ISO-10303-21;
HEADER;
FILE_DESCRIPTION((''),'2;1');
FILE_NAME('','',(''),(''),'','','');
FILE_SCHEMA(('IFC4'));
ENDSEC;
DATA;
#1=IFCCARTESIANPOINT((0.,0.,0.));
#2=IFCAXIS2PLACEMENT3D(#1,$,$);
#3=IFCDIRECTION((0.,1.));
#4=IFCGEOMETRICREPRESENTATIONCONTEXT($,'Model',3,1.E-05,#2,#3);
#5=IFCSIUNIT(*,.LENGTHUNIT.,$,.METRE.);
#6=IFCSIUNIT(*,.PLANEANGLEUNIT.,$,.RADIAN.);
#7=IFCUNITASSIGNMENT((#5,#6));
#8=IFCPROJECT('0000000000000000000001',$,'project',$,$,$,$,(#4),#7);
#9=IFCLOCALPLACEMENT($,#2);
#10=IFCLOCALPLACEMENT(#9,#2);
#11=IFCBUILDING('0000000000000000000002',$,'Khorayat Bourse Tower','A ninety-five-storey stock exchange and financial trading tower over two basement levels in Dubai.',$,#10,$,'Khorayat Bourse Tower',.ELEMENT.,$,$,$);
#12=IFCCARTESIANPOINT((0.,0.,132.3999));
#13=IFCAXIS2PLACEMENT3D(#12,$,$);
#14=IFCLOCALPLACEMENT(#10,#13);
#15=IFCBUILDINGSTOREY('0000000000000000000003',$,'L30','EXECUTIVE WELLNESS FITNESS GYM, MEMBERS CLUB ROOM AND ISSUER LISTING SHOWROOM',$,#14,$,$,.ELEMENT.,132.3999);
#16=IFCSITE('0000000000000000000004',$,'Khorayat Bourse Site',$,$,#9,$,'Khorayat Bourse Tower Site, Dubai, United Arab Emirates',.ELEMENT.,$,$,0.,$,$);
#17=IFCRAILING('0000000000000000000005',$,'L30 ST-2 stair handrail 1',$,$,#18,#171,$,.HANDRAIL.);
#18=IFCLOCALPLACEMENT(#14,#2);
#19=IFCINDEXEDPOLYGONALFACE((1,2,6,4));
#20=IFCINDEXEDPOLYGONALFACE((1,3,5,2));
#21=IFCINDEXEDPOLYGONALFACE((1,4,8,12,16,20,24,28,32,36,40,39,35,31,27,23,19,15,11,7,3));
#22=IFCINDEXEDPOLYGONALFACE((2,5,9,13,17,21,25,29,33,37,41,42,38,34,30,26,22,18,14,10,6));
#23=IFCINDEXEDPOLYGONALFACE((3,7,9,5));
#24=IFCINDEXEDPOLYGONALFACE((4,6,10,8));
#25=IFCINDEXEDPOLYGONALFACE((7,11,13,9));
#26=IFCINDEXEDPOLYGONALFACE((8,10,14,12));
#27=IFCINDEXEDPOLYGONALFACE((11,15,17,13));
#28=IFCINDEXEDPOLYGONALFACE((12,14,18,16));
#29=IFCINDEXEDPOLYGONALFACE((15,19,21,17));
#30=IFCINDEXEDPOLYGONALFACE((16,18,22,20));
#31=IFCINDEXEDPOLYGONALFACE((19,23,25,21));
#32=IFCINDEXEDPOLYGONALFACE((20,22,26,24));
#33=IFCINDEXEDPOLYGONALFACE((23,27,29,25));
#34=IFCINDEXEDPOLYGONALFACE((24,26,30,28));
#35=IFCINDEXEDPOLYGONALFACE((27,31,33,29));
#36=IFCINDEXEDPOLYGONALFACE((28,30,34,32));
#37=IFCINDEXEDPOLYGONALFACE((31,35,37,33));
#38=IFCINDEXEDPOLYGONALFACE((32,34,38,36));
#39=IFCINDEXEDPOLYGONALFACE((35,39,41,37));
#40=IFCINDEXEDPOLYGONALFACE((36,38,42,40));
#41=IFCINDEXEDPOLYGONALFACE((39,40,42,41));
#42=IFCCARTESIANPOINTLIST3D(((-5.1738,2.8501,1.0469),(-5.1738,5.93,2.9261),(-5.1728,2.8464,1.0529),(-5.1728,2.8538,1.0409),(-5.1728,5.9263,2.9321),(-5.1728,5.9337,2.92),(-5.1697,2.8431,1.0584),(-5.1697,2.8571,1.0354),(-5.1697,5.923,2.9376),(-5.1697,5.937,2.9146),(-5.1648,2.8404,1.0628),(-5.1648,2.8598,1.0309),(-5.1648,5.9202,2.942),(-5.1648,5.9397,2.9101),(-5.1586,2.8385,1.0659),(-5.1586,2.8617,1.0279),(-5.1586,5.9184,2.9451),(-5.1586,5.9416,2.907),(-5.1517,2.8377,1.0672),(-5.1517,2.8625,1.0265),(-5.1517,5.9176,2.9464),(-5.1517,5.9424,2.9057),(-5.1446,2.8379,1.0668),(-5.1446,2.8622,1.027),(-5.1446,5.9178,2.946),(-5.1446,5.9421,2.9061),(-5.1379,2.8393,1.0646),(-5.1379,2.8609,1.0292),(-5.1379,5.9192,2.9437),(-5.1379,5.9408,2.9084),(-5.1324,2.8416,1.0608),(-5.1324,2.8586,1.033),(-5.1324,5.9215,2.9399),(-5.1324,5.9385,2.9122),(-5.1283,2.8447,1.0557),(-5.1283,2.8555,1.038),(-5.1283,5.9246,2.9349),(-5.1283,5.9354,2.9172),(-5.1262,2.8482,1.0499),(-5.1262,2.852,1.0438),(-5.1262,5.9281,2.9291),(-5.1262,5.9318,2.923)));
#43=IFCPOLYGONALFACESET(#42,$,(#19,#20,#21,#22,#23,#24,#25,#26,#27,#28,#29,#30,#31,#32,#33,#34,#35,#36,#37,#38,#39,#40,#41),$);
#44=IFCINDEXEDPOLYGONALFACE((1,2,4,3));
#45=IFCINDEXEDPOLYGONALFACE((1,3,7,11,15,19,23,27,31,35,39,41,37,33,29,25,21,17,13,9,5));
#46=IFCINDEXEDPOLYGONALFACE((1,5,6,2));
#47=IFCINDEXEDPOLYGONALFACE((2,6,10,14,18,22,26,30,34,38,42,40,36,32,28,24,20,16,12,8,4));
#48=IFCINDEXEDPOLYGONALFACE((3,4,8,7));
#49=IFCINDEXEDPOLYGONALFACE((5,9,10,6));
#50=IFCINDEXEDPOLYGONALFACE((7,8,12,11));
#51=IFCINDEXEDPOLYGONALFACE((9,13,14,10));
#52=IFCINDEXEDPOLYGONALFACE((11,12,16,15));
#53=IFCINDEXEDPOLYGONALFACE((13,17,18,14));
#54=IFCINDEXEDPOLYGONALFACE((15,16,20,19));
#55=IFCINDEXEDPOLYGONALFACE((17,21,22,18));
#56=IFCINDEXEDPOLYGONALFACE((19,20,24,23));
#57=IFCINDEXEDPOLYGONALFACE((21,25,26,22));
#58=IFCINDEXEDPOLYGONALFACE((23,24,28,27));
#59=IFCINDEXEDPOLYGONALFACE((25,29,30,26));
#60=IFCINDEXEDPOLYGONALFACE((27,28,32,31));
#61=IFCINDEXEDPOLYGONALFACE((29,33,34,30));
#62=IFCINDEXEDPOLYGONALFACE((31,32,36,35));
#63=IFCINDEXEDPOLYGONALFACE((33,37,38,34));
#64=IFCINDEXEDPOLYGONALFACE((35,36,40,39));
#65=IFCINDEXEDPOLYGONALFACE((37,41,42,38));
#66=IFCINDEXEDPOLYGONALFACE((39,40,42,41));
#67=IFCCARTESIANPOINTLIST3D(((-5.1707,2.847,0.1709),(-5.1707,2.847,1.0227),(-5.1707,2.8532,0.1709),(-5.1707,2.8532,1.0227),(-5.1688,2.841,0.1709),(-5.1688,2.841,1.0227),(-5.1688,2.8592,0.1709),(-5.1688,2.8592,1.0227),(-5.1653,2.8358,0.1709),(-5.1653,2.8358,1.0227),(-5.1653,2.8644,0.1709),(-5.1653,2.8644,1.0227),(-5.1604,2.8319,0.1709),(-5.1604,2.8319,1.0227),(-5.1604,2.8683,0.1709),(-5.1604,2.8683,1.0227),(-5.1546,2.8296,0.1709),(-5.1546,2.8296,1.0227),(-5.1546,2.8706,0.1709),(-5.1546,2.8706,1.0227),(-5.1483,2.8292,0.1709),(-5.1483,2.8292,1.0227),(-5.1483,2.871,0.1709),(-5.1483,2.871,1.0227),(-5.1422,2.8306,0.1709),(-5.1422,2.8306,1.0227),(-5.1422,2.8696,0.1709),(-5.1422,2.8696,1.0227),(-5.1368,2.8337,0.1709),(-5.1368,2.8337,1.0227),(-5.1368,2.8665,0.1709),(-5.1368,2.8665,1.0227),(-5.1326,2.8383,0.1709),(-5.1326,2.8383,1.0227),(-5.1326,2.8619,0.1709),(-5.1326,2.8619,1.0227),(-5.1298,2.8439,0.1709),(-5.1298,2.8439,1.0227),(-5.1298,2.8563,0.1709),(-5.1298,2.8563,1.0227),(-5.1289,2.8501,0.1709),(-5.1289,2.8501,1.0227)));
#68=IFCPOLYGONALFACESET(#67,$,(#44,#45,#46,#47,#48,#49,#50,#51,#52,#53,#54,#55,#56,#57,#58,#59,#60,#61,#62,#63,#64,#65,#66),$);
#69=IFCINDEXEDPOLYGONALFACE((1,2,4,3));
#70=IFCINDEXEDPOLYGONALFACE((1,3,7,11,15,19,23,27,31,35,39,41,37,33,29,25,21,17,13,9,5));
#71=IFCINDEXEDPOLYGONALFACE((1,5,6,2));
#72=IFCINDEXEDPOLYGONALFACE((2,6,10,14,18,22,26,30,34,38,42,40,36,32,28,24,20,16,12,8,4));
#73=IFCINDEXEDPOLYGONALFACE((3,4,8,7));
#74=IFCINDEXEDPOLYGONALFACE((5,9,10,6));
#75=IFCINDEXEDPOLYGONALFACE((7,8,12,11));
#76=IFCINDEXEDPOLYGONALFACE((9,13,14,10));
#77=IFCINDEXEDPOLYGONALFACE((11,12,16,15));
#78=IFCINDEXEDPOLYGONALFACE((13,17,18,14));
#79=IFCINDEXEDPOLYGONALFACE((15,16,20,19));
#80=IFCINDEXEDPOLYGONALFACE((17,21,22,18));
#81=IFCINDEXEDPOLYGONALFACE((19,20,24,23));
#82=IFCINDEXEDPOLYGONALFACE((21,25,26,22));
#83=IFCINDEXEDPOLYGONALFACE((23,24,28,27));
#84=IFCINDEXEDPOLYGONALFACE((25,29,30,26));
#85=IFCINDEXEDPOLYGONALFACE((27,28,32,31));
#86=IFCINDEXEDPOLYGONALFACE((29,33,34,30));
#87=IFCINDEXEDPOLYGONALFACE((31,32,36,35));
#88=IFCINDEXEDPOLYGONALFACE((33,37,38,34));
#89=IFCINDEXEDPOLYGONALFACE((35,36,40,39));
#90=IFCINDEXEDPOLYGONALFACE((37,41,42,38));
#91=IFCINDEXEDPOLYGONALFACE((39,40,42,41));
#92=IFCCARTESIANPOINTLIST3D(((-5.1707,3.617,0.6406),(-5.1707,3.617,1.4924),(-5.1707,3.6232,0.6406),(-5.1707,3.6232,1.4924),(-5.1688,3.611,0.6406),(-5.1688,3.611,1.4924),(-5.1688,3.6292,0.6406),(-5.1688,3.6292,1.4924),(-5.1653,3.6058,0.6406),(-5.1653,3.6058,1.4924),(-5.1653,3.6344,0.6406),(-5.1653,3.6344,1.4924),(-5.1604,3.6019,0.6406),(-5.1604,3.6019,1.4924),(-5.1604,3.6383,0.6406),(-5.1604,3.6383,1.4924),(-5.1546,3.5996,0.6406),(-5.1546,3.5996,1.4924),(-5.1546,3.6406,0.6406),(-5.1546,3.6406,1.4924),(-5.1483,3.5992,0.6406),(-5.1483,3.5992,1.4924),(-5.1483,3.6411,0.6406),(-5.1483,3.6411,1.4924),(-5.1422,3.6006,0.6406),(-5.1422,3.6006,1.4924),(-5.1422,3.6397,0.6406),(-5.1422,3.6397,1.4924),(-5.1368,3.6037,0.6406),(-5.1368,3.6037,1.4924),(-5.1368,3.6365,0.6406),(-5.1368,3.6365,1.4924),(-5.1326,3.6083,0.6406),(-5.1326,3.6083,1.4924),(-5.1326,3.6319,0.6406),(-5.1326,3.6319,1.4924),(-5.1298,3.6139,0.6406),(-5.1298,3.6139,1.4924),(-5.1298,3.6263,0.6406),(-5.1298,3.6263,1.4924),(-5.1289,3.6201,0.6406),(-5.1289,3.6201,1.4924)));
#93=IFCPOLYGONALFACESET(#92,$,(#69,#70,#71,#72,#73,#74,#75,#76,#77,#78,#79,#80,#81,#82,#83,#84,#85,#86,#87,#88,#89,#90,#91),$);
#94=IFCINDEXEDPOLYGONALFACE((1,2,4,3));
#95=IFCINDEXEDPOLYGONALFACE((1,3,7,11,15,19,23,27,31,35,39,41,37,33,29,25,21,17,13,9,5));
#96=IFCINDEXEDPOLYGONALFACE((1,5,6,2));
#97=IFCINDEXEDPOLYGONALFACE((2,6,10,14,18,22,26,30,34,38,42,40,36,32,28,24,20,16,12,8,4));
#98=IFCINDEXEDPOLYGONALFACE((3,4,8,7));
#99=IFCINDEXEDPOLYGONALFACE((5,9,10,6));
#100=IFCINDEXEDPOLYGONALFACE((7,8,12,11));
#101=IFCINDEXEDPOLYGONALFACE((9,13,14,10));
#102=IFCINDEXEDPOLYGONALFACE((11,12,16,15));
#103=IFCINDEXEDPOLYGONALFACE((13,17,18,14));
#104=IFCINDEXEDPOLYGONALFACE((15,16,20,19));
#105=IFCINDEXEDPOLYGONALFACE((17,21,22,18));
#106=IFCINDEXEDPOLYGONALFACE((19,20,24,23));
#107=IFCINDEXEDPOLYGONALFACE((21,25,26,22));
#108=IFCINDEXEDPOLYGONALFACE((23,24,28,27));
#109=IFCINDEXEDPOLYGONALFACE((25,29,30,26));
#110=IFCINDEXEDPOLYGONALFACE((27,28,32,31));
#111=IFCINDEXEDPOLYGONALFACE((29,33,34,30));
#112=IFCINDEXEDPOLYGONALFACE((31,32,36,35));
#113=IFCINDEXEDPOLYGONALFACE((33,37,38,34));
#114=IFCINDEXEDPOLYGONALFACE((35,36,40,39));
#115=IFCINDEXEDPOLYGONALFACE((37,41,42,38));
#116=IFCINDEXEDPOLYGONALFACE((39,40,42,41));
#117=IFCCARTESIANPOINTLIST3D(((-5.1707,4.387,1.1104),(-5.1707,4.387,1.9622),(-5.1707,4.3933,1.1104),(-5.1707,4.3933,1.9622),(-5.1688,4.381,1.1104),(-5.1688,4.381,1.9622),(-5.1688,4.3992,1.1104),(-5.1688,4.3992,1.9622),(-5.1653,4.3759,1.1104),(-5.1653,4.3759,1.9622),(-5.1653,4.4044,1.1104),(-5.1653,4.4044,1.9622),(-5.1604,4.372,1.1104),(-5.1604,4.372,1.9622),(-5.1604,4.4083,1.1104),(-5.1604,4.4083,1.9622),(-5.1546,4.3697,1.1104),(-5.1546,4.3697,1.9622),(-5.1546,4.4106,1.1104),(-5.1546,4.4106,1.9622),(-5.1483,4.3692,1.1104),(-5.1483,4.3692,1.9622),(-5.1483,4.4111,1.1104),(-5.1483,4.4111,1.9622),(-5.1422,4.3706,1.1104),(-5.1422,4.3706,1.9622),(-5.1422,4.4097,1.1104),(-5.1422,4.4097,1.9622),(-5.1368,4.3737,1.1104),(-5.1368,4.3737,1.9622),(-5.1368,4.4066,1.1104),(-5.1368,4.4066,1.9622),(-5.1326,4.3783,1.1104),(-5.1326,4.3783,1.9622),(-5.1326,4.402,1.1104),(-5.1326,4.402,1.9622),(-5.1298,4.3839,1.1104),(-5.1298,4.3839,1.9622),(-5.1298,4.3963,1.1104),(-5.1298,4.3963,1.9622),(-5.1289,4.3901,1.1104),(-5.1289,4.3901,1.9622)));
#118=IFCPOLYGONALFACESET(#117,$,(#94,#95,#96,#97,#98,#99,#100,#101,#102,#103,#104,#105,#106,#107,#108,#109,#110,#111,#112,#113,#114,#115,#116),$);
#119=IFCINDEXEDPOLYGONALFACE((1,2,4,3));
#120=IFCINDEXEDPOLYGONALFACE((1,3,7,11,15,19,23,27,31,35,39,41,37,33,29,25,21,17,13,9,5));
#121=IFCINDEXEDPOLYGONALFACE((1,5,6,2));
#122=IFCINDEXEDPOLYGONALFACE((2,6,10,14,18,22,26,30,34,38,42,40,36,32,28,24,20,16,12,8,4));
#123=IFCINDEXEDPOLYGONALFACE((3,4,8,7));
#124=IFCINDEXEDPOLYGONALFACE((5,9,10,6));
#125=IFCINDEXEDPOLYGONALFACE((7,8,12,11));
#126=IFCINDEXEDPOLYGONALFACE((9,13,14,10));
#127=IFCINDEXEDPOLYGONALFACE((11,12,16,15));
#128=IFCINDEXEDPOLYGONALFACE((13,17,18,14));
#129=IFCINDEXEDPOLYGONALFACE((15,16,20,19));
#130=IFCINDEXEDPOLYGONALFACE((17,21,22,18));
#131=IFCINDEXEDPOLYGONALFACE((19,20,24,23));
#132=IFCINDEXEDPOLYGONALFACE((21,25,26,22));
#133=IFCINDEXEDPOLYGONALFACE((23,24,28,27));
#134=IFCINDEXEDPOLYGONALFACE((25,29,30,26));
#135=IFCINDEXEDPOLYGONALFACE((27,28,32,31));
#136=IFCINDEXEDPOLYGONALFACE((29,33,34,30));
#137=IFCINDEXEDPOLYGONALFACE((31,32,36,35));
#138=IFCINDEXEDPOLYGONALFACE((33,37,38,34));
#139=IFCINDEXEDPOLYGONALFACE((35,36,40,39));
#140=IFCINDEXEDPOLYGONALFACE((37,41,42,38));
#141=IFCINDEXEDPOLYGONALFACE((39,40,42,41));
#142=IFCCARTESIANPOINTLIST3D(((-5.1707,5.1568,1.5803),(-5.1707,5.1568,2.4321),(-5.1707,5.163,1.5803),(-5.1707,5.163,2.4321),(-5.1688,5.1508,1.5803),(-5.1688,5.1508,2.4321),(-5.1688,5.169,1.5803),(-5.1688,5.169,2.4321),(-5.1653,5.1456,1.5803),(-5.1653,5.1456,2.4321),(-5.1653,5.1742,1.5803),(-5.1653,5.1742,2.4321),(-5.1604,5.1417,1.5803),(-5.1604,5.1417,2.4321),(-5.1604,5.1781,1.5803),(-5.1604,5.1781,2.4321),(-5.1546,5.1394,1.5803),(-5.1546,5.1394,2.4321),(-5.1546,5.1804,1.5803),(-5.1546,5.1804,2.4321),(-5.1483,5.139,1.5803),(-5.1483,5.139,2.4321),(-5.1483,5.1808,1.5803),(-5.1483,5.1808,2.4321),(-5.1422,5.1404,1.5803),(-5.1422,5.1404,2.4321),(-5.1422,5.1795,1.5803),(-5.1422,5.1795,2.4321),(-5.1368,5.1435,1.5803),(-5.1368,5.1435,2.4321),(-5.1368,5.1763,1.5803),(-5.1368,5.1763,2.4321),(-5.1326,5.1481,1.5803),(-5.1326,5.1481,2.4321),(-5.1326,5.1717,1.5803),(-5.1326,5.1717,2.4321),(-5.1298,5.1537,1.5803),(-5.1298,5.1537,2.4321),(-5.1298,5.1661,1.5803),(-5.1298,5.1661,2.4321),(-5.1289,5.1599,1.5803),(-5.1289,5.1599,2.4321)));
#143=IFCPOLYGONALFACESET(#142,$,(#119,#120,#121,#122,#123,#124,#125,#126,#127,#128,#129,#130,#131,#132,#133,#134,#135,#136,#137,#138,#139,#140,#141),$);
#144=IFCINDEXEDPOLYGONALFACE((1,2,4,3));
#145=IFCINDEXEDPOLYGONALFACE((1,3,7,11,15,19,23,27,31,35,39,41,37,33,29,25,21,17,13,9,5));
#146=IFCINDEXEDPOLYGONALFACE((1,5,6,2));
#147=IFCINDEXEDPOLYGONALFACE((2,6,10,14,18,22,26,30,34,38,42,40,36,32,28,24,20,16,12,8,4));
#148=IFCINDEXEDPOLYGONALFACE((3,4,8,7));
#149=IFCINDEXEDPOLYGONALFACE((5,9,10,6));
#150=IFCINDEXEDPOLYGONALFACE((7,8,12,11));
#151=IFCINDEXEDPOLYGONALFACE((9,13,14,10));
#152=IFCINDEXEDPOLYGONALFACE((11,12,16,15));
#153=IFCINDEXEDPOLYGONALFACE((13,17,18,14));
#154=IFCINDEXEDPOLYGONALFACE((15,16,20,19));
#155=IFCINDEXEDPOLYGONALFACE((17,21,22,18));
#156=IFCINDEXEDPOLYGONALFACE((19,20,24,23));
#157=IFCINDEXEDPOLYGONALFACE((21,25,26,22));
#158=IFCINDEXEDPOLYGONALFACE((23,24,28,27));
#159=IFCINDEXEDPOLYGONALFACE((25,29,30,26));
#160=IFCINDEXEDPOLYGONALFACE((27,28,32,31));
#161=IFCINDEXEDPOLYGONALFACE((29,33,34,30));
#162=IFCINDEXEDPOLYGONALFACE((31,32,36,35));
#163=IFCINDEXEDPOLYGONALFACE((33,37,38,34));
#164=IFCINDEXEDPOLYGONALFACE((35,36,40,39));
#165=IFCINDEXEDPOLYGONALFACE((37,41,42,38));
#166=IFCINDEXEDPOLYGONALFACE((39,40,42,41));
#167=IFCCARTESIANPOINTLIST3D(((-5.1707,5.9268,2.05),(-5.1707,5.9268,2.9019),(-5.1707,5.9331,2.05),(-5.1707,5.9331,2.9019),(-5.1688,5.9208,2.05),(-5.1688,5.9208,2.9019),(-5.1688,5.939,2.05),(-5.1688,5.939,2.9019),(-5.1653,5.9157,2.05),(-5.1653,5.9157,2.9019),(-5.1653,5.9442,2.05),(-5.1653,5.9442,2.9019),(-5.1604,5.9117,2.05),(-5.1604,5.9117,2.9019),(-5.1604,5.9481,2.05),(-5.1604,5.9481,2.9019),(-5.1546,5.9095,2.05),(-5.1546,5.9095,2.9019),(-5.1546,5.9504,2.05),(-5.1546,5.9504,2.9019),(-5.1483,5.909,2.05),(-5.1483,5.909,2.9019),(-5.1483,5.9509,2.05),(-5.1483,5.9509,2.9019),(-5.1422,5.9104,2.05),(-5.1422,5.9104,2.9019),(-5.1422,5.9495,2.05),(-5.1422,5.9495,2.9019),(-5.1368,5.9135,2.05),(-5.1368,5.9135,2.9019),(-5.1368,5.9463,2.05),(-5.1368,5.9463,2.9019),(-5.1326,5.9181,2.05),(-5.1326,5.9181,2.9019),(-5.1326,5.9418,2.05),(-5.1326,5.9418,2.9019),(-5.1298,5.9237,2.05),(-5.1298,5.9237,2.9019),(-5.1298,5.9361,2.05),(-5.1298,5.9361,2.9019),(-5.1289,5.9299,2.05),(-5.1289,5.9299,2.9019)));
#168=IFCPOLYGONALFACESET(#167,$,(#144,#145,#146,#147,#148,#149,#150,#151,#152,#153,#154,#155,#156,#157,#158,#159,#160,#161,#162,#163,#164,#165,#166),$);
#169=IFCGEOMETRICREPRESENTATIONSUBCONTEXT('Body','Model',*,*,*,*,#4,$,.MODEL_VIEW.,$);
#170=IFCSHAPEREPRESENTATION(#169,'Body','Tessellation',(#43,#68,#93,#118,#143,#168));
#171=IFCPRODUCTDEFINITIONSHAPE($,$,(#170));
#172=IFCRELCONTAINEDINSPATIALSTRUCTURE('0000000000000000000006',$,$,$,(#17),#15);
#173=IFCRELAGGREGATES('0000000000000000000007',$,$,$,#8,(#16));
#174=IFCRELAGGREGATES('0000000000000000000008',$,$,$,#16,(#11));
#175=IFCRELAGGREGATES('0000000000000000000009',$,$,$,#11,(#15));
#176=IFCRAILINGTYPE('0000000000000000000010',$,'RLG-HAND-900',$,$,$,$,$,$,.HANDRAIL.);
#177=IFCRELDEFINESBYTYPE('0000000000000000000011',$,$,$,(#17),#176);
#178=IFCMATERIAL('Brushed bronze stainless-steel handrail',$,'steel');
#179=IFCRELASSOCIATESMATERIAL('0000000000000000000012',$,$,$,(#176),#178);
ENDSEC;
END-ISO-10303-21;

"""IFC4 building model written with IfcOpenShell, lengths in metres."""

from ifc_helpers import new_model, si_unit, direction, frame, origin, origin_2d, place, context, subcontext, project, spatial, circle, extrude, source, transform, mapped, material, type_object, element, save


model = new_model("IFC4")

# Units and contexts
model_context = context("Model", 3, precision=1e-05, world=origin(), true_north=direction((0.0, 1.0)))
body_context = subcontext(model_context, "Body", "Model", "MODEL_VIEW")
ifc_project = project(units=[si_unit("LENGTHUNIT", "METRE"), si_unit("PLANEANGLEUNIT", "RADIAN")], contexts=[model_context])

# Site, building, storey
site_placement = place(None, origin())
site = spatial("IfcSite", under=ifc_project, at=site_placement, Name="Khorayat Bourse Site", LongName="Khorayat Bourse Tower Site, Dubai, United Arab Emirates", CompositionType="ELEMENT", RefElevation=0.0)
building_placement = place(site_placement, origin())
building = spatial("IfcBuilding", under=site, at=building_placement, Name="Khorayat Bourse Tower", Description="A ninety-five-storey stock exchange and financial trading tower over two basement levels in Dubai.", LongName="Khorayat Bourse Tower", CompositionType="ELEMENT")
storey_placement = place(building_placement, frame((0.0, 0.0, 132.3999)))
storey = spatial("IfcBuildingStorey", under=building, at=storey_placement, Name="L30", Description="EXECUTIVE WELLNESS FITNESS GYM, MEMBERS CLUB ROOM AND ISSUER LISTING SHOWROOM", CompositionType="ELEMENT", Elevation=132.3999)

# Railing
ifc_material_1 = material(Name="Brushed bronze stainless-steel handrail", Category="steel")
railing_type_1 = type_object("IfcRailingType", Name="RLG-HAND-900", PredefinedType="HANDRAIL", material=ifc_material_1)
shared_shape_1 = source(origin(), body_context, "Body", "SweptSolid", [
    extrude(circle(Radius=0.0239, at=origin_2d()), frame((0.0, 0.0, 0.876), z_axis=(0.0, 0.853648, 0.52085), x_axis=(-1.0, 0.0, 0.0)), (0.0, 0.0, 1.0), 3.6079),
    extrude(circle(Radius=0.021, at=origin_2d()), origin(), (0.0, 0.0, 1.0), 0.8518),
    extrude(circle(Radius=0.021, at=origin_2d()), frame((0.0, 0.77, 0.4697)), (0.0, 0.0, 1.0), 0.8518),
    extrude(circle(Radius=0.021, at=origin_2d()), frame((0.0, 1.54, 0.9395)), (0.0, 0.0, 1.0), 0.8518),
    extrude(circle(Radius=0.021, at=origin_2d()), frame((0.0, 2.3098, 1.4094)), (0.0, 0.0, 1.0), 0.8518),
    extrude(circle(Radius=0.021, at=origin_2d()), frame((0.0, 3.0798, 1.8792)), (0.0, 0.0, 1.0), 0.8518),
])
railing_1_placement = place(storey_placement, frame((-5.1499, 2.8501, 0.1709)))
element("IfcRailing", 1, at=railing_1_placement, inside=storey, type_object=railing_type_1, Name="L30 ST-2 stair handrail 1", PredefinedType="HANDRAIL", context=body_context, shape_type="MappedRepresentation", body=[
    mapped(shared_shape_1, transform((0.0, 0.0, 0.0), scale=1.0)),
])

save(model, "model.ifc")
